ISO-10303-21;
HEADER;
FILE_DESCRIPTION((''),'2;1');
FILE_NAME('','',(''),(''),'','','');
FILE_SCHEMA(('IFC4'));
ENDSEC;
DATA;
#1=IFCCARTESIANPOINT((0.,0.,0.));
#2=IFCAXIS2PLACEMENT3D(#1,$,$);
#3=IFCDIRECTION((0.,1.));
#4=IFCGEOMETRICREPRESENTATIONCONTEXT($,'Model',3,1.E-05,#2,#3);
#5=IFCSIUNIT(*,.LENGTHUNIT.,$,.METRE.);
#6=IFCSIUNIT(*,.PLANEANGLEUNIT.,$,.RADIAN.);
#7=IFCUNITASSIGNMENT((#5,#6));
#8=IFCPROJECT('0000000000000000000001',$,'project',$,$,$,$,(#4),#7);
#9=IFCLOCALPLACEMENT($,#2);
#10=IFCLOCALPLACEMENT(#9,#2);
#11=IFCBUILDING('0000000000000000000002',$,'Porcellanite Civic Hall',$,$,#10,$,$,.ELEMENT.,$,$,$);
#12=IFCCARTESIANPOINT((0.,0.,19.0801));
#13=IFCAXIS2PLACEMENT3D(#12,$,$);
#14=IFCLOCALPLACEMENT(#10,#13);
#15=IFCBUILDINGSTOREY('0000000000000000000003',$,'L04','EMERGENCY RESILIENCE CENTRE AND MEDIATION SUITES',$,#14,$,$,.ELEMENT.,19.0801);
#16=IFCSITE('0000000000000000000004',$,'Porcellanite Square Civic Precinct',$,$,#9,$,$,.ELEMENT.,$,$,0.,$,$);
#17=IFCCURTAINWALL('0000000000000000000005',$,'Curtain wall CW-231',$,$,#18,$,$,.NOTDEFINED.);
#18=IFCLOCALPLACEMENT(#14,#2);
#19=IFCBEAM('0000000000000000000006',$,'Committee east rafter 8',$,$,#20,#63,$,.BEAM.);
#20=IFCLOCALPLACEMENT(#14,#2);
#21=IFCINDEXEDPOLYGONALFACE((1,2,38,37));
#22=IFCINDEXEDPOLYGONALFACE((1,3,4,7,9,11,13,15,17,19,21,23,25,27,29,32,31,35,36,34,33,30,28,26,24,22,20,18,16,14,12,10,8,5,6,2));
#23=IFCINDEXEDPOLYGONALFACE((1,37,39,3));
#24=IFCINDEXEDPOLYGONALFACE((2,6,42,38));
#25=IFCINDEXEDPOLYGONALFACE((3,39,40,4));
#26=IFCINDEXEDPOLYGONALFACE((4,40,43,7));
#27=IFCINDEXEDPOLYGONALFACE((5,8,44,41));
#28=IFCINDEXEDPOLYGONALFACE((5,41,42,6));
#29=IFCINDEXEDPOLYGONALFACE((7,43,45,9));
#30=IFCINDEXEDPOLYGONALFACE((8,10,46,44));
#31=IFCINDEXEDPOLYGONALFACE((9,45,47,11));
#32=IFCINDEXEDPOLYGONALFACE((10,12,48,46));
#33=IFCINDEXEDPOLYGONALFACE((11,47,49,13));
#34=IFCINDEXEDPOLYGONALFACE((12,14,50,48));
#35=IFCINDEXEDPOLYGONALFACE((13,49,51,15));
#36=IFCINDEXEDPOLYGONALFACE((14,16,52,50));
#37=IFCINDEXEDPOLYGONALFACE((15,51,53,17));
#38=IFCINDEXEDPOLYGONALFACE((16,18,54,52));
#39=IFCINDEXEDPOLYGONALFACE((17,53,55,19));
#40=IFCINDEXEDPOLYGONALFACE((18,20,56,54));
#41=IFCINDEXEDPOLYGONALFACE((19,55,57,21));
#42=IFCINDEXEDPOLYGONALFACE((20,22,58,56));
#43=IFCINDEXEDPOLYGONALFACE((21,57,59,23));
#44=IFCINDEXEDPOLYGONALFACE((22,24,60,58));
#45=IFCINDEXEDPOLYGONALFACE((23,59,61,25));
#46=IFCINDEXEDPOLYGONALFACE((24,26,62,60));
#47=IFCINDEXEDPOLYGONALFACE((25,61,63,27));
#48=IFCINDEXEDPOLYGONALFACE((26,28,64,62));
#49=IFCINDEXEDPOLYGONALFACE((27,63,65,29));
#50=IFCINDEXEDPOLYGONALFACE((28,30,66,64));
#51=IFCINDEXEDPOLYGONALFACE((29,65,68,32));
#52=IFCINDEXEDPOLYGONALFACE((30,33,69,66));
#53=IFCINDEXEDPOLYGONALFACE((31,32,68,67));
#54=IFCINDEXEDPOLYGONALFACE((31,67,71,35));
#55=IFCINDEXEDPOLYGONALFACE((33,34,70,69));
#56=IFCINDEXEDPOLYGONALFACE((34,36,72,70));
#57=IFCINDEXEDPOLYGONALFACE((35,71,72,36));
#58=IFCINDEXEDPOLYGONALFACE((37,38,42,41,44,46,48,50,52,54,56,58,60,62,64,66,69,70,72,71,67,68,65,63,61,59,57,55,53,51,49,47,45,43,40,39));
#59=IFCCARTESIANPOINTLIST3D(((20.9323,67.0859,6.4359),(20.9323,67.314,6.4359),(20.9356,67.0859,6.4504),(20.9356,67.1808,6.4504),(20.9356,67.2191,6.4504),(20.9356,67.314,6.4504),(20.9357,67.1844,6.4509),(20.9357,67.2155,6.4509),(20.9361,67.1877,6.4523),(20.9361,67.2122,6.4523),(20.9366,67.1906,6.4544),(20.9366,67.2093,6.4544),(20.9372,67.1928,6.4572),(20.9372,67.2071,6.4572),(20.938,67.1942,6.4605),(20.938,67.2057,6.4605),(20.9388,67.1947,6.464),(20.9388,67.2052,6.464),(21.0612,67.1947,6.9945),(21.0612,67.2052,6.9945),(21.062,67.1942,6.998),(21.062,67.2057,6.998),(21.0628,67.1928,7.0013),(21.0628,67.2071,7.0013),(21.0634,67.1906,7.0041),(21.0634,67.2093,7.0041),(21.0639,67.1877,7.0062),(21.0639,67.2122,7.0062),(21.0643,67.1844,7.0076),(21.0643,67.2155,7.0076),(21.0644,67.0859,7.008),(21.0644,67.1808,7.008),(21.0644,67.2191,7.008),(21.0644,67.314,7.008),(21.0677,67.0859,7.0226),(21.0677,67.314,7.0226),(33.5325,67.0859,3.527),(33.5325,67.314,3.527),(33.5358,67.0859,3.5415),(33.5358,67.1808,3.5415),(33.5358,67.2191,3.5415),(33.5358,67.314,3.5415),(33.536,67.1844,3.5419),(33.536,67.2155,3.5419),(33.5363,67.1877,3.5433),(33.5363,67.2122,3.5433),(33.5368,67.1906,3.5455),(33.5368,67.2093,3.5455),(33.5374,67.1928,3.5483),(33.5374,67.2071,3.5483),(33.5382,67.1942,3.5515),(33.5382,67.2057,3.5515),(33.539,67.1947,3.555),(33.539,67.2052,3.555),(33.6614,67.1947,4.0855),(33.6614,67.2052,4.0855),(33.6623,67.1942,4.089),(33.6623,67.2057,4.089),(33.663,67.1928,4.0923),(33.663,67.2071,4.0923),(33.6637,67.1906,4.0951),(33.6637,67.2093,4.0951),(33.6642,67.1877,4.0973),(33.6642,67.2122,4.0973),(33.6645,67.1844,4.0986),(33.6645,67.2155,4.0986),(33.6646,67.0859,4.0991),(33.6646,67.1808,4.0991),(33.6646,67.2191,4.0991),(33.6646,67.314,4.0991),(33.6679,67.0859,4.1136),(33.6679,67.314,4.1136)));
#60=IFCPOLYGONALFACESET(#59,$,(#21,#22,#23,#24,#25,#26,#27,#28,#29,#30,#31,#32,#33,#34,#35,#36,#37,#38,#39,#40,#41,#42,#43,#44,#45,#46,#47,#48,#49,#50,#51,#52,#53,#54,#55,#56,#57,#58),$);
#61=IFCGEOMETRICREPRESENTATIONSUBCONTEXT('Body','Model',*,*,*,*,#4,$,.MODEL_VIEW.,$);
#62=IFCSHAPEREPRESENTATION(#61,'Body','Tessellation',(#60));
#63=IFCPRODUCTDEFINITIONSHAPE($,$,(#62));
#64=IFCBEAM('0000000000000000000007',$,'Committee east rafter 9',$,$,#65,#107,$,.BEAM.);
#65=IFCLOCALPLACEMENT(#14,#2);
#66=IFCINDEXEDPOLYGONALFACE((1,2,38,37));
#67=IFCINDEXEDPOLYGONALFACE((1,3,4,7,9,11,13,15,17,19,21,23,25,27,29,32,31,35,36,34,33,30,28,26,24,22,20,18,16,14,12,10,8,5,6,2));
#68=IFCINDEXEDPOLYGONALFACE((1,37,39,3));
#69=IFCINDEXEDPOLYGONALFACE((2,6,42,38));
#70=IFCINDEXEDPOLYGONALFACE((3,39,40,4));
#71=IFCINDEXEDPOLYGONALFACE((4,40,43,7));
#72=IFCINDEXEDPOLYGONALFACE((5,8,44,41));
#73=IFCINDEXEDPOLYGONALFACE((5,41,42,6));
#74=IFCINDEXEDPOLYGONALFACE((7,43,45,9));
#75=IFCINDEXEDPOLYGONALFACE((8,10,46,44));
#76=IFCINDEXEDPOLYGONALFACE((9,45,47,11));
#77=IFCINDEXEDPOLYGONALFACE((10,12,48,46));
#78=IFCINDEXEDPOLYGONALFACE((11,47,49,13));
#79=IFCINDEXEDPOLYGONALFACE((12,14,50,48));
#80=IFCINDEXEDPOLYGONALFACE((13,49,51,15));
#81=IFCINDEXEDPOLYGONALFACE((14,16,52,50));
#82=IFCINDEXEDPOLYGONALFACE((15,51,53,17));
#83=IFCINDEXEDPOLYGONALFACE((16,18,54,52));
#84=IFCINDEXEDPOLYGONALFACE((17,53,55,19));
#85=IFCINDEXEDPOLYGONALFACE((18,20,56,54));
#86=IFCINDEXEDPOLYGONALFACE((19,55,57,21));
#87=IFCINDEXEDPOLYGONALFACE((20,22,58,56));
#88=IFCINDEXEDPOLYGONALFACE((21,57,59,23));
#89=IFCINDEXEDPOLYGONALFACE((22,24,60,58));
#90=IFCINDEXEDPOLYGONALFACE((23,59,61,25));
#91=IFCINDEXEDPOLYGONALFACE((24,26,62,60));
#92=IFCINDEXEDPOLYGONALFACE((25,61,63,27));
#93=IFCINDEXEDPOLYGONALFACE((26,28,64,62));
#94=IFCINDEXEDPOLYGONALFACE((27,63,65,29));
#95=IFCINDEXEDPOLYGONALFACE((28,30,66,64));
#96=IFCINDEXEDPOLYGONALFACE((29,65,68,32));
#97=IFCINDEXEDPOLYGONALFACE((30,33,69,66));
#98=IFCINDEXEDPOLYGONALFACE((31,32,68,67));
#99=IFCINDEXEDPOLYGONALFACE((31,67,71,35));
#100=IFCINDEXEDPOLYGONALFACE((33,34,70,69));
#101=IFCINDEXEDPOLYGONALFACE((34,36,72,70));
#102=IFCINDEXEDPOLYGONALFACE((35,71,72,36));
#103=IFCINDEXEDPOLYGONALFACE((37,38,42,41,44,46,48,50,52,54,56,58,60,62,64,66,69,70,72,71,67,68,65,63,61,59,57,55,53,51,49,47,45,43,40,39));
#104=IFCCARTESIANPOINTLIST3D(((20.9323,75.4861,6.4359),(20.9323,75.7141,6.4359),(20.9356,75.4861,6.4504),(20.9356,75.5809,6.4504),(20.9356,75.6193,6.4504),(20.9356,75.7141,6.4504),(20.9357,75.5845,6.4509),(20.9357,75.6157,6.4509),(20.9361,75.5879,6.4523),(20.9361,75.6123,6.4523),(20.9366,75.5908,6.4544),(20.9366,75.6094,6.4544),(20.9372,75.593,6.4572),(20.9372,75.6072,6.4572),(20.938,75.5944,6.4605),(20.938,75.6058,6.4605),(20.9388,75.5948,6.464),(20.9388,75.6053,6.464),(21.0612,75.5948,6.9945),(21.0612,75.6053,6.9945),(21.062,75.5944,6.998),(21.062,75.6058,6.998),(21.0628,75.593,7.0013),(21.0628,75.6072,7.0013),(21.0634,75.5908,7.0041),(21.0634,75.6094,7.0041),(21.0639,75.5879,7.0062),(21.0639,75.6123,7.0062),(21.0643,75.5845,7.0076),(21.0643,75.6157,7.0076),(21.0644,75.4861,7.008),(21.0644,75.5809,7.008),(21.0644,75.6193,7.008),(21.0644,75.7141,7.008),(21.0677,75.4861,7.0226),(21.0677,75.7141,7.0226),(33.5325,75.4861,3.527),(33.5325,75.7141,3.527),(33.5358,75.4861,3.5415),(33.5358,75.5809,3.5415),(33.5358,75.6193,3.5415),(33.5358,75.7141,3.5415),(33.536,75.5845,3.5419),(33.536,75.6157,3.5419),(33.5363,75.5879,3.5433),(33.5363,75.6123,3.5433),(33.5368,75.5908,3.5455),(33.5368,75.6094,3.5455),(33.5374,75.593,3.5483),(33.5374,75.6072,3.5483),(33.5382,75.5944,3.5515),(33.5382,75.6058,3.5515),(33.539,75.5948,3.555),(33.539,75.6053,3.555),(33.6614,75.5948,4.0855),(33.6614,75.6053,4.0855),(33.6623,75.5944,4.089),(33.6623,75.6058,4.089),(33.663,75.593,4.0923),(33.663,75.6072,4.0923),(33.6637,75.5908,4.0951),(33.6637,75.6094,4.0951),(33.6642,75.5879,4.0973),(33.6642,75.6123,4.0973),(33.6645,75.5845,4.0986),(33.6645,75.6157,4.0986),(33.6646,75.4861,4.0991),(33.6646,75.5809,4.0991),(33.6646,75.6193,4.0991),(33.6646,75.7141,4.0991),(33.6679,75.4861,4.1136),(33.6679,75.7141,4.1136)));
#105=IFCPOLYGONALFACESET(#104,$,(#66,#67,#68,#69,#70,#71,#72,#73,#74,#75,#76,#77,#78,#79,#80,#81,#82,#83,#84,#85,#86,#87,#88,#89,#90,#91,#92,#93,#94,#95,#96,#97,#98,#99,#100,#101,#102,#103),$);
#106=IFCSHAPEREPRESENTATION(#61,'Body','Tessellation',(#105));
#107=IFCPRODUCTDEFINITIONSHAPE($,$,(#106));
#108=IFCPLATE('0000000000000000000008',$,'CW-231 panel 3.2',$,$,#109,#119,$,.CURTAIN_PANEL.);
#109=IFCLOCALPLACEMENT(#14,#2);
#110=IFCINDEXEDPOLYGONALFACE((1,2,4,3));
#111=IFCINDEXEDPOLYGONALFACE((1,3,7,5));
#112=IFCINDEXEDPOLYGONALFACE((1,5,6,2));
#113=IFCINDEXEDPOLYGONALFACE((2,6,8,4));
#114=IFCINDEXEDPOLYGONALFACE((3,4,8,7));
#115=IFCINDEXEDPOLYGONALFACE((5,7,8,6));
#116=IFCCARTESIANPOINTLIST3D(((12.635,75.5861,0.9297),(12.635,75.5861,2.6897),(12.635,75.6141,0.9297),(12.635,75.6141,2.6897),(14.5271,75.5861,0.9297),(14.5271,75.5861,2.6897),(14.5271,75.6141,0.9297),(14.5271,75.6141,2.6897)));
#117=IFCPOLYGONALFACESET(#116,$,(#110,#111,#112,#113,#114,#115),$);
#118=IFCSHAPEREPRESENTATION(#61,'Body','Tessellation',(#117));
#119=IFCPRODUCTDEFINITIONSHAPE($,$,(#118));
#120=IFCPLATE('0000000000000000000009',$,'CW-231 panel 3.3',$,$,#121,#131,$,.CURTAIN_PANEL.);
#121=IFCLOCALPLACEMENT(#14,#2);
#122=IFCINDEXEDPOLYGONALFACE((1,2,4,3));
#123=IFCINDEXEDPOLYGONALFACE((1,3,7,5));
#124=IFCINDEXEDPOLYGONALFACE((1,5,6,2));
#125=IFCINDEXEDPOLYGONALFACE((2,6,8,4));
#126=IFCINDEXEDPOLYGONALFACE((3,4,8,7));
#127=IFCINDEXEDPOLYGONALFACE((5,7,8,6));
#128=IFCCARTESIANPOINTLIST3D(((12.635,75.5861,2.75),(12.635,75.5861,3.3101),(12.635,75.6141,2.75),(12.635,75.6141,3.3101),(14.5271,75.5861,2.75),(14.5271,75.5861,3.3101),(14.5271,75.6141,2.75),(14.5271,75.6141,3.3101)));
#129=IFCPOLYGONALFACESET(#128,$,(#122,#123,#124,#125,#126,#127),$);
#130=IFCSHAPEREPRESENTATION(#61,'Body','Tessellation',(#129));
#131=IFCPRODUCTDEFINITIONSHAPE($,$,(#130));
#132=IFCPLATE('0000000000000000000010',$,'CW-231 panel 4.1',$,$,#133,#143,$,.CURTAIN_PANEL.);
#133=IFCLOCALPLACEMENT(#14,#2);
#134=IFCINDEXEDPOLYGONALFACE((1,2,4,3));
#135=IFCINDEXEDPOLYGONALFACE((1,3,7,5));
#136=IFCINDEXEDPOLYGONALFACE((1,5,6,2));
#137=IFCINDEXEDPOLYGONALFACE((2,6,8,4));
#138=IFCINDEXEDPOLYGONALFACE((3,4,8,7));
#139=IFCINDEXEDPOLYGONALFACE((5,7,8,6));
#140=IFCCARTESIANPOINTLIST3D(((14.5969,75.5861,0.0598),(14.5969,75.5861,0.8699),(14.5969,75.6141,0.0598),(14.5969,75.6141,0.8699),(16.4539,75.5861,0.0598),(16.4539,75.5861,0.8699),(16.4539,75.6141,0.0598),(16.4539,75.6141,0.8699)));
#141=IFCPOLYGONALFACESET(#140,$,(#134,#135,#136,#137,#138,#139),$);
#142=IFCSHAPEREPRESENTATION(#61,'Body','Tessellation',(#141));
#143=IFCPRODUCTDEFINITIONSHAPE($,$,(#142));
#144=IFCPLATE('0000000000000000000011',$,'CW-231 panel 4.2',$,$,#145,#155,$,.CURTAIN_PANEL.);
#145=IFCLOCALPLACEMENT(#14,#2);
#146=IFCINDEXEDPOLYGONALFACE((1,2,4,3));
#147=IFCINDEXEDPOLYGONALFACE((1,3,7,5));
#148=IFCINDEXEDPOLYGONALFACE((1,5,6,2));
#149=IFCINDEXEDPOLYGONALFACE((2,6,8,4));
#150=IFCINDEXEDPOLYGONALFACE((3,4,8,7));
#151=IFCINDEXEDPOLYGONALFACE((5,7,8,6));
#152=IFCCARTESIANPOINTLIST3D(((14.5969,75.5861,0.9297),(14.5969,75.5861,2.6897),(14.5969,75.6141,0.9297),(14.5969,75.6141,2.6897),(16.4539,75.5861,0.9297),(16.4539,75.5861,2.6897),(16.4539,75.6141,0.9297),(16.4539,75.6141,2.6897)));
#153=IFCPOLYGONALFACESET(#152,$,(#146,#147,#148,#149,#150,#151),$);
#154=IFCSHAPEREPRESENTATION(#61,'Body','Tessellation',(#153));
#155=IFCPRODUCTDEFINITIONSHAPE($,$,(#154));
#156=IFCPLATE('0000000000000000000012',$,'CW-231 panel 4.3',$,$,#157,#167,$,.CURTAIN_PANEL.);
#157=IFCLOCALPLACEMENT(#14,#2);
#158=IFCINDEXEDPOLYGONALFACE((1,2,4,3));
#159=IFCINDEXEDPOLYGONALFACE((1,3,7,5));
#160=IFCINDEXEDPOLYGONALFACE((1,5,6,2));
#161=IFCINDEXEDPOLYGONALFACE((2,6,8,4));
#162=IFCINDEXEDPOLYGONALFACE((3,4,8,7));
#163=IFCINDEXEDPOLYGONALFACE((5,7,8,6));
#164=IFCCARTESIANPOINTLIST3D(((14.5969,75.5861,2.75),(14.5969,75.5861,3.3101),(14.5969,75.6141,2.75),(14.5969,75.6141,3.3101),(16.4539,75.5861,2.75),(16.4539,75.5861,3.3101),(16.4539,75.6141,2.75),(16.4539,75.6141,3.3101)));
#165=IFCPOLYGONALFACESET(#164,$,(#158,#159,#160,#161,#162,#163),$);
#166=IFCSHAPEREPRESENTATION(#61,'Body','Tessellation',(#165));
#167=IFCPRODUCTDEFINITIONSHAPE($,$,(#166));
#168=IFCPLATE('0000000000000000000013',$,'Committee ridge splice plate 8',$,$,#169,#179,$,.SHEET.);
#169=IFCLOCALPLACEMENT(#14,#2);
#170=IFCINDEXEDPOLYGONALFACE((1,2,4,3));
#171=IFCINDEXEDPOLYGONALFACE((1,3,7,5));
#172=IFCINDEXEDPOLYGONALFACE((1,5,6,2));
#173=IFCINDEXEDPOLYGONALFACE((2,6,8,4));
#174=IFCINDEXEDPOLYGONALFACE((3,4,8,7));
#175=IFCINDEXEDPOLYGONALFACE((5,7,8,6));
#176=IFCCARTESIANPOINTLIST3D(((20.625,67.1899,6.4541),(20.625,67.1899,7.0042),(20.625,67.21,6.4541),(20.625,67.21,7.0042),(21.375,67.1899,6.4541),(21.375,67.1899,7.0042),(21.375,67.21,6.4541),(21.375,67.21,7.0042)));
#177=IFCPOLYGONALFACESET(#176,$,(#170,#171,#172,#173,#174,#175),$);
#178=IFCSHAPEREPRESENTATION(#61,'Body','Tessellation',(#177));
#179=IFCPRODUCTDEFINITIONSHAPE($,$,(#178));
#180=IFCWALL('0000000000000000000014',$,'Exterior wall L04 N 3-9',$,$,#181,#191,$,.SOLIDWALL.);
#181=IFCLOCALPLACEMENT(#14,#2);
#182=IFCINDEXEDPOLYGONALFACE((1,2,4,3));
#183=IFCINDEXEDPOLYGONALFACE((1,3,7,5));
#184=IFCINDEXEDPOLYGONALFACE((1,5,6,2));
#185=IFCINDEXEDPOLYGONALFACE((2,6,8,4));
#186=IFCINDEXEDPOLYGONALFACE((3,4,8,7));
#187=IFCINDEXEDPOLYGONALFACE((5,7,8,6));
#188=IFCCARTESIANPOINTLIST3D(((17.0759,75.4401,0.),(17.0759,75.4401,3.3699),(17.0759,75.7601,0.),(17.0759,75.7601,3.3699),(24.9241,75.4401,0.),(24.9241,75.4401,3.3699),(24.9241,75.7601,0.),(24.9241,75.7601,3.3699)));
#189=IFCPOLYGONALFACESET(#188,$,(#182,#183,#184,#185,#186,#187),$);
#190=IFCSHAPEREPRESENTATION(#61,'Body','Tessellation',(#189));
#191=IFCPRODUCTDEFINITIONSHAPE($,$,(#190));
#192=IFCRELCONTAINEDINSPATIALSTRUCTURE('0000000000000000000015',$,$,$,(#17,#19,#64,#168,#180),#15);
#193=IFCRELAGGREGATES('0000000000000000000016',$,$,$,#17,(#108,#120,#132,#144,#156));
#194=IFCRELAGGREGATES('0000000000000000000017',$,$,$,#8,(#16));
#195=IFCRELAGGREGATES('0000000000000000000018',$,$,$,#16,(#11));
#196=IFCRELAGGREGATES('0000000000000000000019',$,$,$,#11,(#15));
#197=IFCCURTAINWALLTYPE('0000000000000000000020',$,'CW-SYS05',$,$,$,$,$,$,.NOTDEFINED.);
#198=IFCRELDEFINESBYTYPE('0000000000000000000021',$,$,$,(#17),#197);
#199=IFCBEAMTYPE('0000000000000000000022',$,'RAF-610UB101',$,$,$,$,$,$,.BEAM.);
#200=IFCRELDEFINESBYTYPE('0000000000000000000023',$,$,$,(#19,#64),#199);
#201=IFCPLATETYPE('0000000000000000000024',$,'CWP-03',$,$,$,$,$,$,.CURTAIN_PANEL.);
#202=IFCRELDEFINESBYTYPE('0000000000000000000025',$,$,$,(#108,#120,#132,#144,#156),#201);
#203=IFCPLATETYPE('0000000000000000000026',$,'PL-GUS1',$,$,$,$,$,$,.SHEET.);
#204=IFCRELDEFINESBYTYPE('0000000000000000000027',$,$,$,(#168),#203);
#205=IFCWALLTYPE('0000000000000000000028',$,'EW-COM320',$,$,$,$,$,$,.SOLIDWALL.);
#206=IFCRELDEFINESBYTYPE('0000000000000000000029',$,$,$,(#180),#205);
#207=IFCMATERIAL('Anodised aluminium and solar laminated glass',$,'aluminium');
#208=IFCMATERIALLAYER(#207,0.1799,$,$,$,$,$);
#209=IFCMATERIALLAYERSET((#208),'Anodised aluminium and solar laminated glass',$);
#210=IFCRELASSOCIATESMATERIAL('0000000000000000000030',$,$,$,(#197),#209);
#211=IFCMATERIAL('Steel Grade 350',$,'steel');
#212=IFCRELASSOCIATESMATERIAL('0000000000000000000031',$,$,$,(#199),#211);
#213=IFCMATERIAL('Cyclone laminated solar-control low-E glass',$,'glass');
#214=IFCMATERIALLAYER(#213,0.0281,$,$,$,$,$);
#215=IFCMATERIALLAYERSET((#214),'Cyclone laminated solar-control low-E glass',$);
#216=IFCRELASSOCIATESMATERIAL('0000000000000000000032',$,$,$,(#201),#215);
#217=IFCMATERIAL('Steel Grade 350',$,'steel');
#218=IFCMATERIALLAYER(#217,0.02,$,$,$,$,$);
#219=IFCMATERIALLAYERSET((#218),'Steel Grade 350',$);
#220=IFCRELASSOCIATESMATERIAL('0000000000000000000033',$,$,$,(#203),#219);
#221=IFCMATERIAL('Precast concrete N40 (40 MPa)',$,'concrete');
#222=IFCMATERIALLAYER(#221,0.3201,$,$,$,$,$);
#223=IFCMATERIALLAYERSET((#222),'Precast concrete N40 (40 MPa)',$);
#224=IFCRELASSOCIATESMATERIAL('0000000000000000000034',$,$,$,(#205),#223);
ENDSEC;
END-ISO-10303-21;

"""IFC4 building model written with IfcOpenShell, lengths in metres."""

from ifc_helpers import new_model, si_unit, direction, frame, frame_2d, origin, origin_2d, place, context, subcontext, project, spatial, rectangle, i_section, extrude, material, layer, layer_set, material_profile, profile_set, type_object, element, aggregate, save


model = new_model("IFC4")

# Units and contexts
model_context = context("Model", 3, precision=1e-05, world=origin(), true_north=direction((0.0, 1.0)))
body_context = subcontext(model_context, "Body", "Model", "MODEL_VIEW")
ifc_project = project(units=[si_unit("LENGTHUNIT", "METRE"), si_unit("PLANEANGLEUNIT", "RADIAN")], contexts=[model_context])

# Site, building, storey
site_placement = place(None, origin())
site = spatial("IfcSite", under=ifc_project, at=site_placement, Name="Porcellanite Square Civic Precinct", CompositionType="ELEMENT", RefElevation=0.0)
building_placement = place(site_placement, origin())
building = spatial("IfcBuilding", under=site, at=building_placement, Name="Porcellanite Civic Hall", CompositionType="ELEMENT")
storey_placement = place(building_placement, frame((0.0, 0.0, 19.0801)))
storey = spatial("IfcBuildingStorey", under=building, at=storey_placement, Name="L04", Description="EMERGENCY RESILIENCE CENTRE AND MEDIATION SUITES", CompositionType="ELEMENT", Elevation=19.0801)

# Curtain wall
ifc_material_1 = material(Name="Anodised aluminium and solar laminated glass", Category="aluminium")
ifc_layer_1 = layer(ifc_material_1, 0.1799)
ifc_layer_set_1 = layer_set([ifc_layer_1], Name="Anodised aluminium and solar laminated glass")
curtain_wall_type = type_object("IfcCurtainWallType", Name="CW-SYS05", PredefinedType="NOTDEFINED", material=ifc_layer_set_1)
curtain_wall_placement = place(storey_placement, origin())
curtain_wall = element("IfcCurtainWall", 1, at=curtain_wall_placement, inside=storey, type_object=curtain_wall_type, Name="Curtain wall CW-231", PredefinedType="NOTDEFINED")

# Beams
ifc_material_2 = material(Name="Steel Grade 350", Category="steel")
ifc_material_profile_1 = material_profile(ifc_material_2, i_section(OverallWidth=0.228, OverallDepth=0.6021, WebThickness=0.0105, FlangeThickness=0.0149, FilletRadius=0.0139, at=origin_2d()), Name="610UB101")
ifc_profile_set_1 = profile_set([ifc_material_profile_1], Name="Steel Grade 350")
beam_type_1 = type_object("IfcBeamType", Name="RAF-610UB101", PredefinedType="BEAM", material=ifc_profile_set_1)
for number, where, z_axis, x_axis, name in (
    (2, (21.0, 67.2, 6.7292), (0.974371, 0.0, -0.224949), (0.0, 1.0, 0.0), "Committee east rafter 8"),
    (3, (21.0, 75.6001, 6.7292), (0.974371, 0.0, -0.224949), (0.0, 1.0, 0.0), "Committee east rafter 9"),
):
    element("IfcBeam", number, at=place(storey_placement, frame(where, z_axis=z_axis, x_axis=x_axis)), inside=storey, type_object=beam_type_1, Name=name, PredefinedType="BEAM", context=body_context, shape_type="SweptSolid", body=[
        extrude(i_section(OverallWidth=0.228, OverallDepth=0.6021, WebThickness=0.0105, FlangeThickness=0.0149, FilletRadius=0.0139, at=origin_2d()), origin(), (0.0, 0.0, 1.0), 12.9316),
    ])

# Plates
ifc_material_3 = material(Name="Cyclone laminated solar-control low-E glass", Category="glass")
ifc_layer_2 = layer(ifc_material_3, 0.0281)
ifc_layer_set_2 = layer_set([ifc_layer_2], Name="Cyclone laminated solar-control low-E glass")
plate_type_1 = type_object("IfcPlateType", Name="CWP-03", PredefinedType="CURTAIN_PANEL", material=ifc_layer_set_2)
plate_1_placement = place(storey_placement, frame((13.5811, 75.6001, 0.9297), z_axis=(0.0, 0.0, 1.0), x_axis=(1.0, 0.0, 0.0)))
plate_1 = element("IfcPlate", 4, at=plate_1_placement, type_object=plate_type_1, Name="CW-231 panel 3.2", PredefinedType="CURTAIN_PANEL", context=body_context, shape_type="SweptSolid", body=[
    extrude(rectangle(XDim=1.8921, YDim=0.0281, at=origin_2d()), origin(), (0.0, 0.0, 1.0), 1.76),
])
plate_2_placement = place(storey_placement, frame((13.5811, 75.6001, 2.75), z_axis=(0.0, 0.0, 1.0), x_axis=(1.0, 0.0, 0.0)))
plate_2 = element("IfcPlate", 5, at=plate_2_placement, type_object=plate_type_1, Name="CW-231 panel 3.3", PredefinedType="CURTAIN_PANEL", context=body_context, shape_type="SweptSolid", body=[
    extrude(rectangle(XDim=1.8921, YDim=0.0281, at=origin_2d()), origin(), (0.0, 0.0, 1.0), 0.5601),
])
plate_3_placement = place(storey_placement, frame((15.5254, 75.6001, 0.0598), z_axis=(0.0, 0.0, 1.0), x_axis=(1.0, 0.0, 0.0)))
plate_3 = element("IfcPlate", 6, at=plate_3_placement, type_object=plate_type_1, Name="CW-231 panel 4.1", PredefinedType="CURTAIN_PANEL", context=body_context, shape_type="SweptSolid", body=[
    extrude(rectangle(XDim=1.8569, YDim=0.0281, at=origin_2d()), origin(), (0.0, 0.0, 1.0), 0.8101),
])
plate_4_placement = place(storey_placement, frame((15.5254, 75.6001, 0.9297), z_axis=(0.0, 0.0, 1.0), x_axis=(1.0, 0.0, 0.0)))
plate_4 = element("IfcPlate", 7, at=plate_4_placement, type_object=plate_type_1, Name="CW-231 panel 4.2", PredefinedType="CURTAIN_PANEL", context=body_context, shape_type="SweptSolid", body=[
    extrude(rectangle(XDim=1.8569, YDim=0.0281, at=origin_2d()), origin(), (0.0, 0.0, 1.0), 1.76),
])
plate_5_placement = place(storey_placement, frame((15.5254, 75.6001, 2.75), z_axis=(0.0, 0.0, 1.0), x_axis=(1.0, 0.0, 0.0)))
plate_5 = element("IfcPlate", 8, at=plate_5_placement, type_object=plate_type_1, Name="CW-231 panel 4.3", PredefinedType="CURTAIN_PANEL", context=body_context, shape_type="SweptSolid", body=[
    extrude(rectangle(XDim=1.8569, YDim=0.0281, at=origin_2d()), origin(), (0.0, 0.0, 1.0), 0.5601),
])
aggregate(curtain_wall, [plate_1, plate_2, plate_3, plate_4, plate_5])
ifc_material_4 = material(Name="Steel Grade 350", Category="steel")
ifc_layer_3 = layer(ifc_material_4, 0.02)
ifc_layer_set_3 = layer_set([ifc_layer_3], Name="Steel Grade 350")
plate_type_2 = type_object("IfcPlateType", Name="PL-GUS1", PredefinedType="SHEET", material=ifc_layer_set_3)
plate_6_placement = place(storey_placement, frame((21.0, 67.2, 6.4541), z_axis=(0.0, 0.0, 1.0), x_axis=(1.0, 0.0, 0.0)))
element("IfcPlate", 9, at=plate_6_placement, inside=storey, type_object=plate_type_2, Name="Committee ridge splice plate 8", PredefinedType="SHEET", context=body_context, shape_type="SweptSolid", body=[
    extrude(rectangle(XDim=0.75, YDim=0.02, at=origin_2d()), origin(), (0.0, 0.0, 1.0), 0.55),
])

# Wall
ifc_material_5 = material(Name="Precast concrete N40 (40 MPa)", Category="concrete")
ifc_layer_4 = layer(ifc_material_5, 0.3201)
ifc_layer_set_4 = layer_set([ifc_layer_4], Name="Precast concrete N40 (40 MPa)")
wall_type_1 = type_object("IfcWallType", Name="EW-COM320", PredefinedType="SOLIDWALL", material=ifc_layer_set_4)
wall_1_placement = place(storey_placement, frame((17.0759, 75.6001, 0.0), z_axis=(0.0, 0.0, 1.0), x_axis=(1.0, 0.0, 0.0)))
element("IfcWall", 10, at=wall_1_placement, inside=storey, type_object=wall_type_1, Name="Exterior wall L04 N 3-9", PredefinedType="SOLIDWALL", context=body_context, shape_type="SweptSolid", body=[
    extrude(rectangle(XDim=7.8481, YDim=0.3201, at=frame_2d((3.9241, 0.0))), origin(), (0.0, 0.0, 1.0), 3.3699),
])

save(model, "model.ifc")
